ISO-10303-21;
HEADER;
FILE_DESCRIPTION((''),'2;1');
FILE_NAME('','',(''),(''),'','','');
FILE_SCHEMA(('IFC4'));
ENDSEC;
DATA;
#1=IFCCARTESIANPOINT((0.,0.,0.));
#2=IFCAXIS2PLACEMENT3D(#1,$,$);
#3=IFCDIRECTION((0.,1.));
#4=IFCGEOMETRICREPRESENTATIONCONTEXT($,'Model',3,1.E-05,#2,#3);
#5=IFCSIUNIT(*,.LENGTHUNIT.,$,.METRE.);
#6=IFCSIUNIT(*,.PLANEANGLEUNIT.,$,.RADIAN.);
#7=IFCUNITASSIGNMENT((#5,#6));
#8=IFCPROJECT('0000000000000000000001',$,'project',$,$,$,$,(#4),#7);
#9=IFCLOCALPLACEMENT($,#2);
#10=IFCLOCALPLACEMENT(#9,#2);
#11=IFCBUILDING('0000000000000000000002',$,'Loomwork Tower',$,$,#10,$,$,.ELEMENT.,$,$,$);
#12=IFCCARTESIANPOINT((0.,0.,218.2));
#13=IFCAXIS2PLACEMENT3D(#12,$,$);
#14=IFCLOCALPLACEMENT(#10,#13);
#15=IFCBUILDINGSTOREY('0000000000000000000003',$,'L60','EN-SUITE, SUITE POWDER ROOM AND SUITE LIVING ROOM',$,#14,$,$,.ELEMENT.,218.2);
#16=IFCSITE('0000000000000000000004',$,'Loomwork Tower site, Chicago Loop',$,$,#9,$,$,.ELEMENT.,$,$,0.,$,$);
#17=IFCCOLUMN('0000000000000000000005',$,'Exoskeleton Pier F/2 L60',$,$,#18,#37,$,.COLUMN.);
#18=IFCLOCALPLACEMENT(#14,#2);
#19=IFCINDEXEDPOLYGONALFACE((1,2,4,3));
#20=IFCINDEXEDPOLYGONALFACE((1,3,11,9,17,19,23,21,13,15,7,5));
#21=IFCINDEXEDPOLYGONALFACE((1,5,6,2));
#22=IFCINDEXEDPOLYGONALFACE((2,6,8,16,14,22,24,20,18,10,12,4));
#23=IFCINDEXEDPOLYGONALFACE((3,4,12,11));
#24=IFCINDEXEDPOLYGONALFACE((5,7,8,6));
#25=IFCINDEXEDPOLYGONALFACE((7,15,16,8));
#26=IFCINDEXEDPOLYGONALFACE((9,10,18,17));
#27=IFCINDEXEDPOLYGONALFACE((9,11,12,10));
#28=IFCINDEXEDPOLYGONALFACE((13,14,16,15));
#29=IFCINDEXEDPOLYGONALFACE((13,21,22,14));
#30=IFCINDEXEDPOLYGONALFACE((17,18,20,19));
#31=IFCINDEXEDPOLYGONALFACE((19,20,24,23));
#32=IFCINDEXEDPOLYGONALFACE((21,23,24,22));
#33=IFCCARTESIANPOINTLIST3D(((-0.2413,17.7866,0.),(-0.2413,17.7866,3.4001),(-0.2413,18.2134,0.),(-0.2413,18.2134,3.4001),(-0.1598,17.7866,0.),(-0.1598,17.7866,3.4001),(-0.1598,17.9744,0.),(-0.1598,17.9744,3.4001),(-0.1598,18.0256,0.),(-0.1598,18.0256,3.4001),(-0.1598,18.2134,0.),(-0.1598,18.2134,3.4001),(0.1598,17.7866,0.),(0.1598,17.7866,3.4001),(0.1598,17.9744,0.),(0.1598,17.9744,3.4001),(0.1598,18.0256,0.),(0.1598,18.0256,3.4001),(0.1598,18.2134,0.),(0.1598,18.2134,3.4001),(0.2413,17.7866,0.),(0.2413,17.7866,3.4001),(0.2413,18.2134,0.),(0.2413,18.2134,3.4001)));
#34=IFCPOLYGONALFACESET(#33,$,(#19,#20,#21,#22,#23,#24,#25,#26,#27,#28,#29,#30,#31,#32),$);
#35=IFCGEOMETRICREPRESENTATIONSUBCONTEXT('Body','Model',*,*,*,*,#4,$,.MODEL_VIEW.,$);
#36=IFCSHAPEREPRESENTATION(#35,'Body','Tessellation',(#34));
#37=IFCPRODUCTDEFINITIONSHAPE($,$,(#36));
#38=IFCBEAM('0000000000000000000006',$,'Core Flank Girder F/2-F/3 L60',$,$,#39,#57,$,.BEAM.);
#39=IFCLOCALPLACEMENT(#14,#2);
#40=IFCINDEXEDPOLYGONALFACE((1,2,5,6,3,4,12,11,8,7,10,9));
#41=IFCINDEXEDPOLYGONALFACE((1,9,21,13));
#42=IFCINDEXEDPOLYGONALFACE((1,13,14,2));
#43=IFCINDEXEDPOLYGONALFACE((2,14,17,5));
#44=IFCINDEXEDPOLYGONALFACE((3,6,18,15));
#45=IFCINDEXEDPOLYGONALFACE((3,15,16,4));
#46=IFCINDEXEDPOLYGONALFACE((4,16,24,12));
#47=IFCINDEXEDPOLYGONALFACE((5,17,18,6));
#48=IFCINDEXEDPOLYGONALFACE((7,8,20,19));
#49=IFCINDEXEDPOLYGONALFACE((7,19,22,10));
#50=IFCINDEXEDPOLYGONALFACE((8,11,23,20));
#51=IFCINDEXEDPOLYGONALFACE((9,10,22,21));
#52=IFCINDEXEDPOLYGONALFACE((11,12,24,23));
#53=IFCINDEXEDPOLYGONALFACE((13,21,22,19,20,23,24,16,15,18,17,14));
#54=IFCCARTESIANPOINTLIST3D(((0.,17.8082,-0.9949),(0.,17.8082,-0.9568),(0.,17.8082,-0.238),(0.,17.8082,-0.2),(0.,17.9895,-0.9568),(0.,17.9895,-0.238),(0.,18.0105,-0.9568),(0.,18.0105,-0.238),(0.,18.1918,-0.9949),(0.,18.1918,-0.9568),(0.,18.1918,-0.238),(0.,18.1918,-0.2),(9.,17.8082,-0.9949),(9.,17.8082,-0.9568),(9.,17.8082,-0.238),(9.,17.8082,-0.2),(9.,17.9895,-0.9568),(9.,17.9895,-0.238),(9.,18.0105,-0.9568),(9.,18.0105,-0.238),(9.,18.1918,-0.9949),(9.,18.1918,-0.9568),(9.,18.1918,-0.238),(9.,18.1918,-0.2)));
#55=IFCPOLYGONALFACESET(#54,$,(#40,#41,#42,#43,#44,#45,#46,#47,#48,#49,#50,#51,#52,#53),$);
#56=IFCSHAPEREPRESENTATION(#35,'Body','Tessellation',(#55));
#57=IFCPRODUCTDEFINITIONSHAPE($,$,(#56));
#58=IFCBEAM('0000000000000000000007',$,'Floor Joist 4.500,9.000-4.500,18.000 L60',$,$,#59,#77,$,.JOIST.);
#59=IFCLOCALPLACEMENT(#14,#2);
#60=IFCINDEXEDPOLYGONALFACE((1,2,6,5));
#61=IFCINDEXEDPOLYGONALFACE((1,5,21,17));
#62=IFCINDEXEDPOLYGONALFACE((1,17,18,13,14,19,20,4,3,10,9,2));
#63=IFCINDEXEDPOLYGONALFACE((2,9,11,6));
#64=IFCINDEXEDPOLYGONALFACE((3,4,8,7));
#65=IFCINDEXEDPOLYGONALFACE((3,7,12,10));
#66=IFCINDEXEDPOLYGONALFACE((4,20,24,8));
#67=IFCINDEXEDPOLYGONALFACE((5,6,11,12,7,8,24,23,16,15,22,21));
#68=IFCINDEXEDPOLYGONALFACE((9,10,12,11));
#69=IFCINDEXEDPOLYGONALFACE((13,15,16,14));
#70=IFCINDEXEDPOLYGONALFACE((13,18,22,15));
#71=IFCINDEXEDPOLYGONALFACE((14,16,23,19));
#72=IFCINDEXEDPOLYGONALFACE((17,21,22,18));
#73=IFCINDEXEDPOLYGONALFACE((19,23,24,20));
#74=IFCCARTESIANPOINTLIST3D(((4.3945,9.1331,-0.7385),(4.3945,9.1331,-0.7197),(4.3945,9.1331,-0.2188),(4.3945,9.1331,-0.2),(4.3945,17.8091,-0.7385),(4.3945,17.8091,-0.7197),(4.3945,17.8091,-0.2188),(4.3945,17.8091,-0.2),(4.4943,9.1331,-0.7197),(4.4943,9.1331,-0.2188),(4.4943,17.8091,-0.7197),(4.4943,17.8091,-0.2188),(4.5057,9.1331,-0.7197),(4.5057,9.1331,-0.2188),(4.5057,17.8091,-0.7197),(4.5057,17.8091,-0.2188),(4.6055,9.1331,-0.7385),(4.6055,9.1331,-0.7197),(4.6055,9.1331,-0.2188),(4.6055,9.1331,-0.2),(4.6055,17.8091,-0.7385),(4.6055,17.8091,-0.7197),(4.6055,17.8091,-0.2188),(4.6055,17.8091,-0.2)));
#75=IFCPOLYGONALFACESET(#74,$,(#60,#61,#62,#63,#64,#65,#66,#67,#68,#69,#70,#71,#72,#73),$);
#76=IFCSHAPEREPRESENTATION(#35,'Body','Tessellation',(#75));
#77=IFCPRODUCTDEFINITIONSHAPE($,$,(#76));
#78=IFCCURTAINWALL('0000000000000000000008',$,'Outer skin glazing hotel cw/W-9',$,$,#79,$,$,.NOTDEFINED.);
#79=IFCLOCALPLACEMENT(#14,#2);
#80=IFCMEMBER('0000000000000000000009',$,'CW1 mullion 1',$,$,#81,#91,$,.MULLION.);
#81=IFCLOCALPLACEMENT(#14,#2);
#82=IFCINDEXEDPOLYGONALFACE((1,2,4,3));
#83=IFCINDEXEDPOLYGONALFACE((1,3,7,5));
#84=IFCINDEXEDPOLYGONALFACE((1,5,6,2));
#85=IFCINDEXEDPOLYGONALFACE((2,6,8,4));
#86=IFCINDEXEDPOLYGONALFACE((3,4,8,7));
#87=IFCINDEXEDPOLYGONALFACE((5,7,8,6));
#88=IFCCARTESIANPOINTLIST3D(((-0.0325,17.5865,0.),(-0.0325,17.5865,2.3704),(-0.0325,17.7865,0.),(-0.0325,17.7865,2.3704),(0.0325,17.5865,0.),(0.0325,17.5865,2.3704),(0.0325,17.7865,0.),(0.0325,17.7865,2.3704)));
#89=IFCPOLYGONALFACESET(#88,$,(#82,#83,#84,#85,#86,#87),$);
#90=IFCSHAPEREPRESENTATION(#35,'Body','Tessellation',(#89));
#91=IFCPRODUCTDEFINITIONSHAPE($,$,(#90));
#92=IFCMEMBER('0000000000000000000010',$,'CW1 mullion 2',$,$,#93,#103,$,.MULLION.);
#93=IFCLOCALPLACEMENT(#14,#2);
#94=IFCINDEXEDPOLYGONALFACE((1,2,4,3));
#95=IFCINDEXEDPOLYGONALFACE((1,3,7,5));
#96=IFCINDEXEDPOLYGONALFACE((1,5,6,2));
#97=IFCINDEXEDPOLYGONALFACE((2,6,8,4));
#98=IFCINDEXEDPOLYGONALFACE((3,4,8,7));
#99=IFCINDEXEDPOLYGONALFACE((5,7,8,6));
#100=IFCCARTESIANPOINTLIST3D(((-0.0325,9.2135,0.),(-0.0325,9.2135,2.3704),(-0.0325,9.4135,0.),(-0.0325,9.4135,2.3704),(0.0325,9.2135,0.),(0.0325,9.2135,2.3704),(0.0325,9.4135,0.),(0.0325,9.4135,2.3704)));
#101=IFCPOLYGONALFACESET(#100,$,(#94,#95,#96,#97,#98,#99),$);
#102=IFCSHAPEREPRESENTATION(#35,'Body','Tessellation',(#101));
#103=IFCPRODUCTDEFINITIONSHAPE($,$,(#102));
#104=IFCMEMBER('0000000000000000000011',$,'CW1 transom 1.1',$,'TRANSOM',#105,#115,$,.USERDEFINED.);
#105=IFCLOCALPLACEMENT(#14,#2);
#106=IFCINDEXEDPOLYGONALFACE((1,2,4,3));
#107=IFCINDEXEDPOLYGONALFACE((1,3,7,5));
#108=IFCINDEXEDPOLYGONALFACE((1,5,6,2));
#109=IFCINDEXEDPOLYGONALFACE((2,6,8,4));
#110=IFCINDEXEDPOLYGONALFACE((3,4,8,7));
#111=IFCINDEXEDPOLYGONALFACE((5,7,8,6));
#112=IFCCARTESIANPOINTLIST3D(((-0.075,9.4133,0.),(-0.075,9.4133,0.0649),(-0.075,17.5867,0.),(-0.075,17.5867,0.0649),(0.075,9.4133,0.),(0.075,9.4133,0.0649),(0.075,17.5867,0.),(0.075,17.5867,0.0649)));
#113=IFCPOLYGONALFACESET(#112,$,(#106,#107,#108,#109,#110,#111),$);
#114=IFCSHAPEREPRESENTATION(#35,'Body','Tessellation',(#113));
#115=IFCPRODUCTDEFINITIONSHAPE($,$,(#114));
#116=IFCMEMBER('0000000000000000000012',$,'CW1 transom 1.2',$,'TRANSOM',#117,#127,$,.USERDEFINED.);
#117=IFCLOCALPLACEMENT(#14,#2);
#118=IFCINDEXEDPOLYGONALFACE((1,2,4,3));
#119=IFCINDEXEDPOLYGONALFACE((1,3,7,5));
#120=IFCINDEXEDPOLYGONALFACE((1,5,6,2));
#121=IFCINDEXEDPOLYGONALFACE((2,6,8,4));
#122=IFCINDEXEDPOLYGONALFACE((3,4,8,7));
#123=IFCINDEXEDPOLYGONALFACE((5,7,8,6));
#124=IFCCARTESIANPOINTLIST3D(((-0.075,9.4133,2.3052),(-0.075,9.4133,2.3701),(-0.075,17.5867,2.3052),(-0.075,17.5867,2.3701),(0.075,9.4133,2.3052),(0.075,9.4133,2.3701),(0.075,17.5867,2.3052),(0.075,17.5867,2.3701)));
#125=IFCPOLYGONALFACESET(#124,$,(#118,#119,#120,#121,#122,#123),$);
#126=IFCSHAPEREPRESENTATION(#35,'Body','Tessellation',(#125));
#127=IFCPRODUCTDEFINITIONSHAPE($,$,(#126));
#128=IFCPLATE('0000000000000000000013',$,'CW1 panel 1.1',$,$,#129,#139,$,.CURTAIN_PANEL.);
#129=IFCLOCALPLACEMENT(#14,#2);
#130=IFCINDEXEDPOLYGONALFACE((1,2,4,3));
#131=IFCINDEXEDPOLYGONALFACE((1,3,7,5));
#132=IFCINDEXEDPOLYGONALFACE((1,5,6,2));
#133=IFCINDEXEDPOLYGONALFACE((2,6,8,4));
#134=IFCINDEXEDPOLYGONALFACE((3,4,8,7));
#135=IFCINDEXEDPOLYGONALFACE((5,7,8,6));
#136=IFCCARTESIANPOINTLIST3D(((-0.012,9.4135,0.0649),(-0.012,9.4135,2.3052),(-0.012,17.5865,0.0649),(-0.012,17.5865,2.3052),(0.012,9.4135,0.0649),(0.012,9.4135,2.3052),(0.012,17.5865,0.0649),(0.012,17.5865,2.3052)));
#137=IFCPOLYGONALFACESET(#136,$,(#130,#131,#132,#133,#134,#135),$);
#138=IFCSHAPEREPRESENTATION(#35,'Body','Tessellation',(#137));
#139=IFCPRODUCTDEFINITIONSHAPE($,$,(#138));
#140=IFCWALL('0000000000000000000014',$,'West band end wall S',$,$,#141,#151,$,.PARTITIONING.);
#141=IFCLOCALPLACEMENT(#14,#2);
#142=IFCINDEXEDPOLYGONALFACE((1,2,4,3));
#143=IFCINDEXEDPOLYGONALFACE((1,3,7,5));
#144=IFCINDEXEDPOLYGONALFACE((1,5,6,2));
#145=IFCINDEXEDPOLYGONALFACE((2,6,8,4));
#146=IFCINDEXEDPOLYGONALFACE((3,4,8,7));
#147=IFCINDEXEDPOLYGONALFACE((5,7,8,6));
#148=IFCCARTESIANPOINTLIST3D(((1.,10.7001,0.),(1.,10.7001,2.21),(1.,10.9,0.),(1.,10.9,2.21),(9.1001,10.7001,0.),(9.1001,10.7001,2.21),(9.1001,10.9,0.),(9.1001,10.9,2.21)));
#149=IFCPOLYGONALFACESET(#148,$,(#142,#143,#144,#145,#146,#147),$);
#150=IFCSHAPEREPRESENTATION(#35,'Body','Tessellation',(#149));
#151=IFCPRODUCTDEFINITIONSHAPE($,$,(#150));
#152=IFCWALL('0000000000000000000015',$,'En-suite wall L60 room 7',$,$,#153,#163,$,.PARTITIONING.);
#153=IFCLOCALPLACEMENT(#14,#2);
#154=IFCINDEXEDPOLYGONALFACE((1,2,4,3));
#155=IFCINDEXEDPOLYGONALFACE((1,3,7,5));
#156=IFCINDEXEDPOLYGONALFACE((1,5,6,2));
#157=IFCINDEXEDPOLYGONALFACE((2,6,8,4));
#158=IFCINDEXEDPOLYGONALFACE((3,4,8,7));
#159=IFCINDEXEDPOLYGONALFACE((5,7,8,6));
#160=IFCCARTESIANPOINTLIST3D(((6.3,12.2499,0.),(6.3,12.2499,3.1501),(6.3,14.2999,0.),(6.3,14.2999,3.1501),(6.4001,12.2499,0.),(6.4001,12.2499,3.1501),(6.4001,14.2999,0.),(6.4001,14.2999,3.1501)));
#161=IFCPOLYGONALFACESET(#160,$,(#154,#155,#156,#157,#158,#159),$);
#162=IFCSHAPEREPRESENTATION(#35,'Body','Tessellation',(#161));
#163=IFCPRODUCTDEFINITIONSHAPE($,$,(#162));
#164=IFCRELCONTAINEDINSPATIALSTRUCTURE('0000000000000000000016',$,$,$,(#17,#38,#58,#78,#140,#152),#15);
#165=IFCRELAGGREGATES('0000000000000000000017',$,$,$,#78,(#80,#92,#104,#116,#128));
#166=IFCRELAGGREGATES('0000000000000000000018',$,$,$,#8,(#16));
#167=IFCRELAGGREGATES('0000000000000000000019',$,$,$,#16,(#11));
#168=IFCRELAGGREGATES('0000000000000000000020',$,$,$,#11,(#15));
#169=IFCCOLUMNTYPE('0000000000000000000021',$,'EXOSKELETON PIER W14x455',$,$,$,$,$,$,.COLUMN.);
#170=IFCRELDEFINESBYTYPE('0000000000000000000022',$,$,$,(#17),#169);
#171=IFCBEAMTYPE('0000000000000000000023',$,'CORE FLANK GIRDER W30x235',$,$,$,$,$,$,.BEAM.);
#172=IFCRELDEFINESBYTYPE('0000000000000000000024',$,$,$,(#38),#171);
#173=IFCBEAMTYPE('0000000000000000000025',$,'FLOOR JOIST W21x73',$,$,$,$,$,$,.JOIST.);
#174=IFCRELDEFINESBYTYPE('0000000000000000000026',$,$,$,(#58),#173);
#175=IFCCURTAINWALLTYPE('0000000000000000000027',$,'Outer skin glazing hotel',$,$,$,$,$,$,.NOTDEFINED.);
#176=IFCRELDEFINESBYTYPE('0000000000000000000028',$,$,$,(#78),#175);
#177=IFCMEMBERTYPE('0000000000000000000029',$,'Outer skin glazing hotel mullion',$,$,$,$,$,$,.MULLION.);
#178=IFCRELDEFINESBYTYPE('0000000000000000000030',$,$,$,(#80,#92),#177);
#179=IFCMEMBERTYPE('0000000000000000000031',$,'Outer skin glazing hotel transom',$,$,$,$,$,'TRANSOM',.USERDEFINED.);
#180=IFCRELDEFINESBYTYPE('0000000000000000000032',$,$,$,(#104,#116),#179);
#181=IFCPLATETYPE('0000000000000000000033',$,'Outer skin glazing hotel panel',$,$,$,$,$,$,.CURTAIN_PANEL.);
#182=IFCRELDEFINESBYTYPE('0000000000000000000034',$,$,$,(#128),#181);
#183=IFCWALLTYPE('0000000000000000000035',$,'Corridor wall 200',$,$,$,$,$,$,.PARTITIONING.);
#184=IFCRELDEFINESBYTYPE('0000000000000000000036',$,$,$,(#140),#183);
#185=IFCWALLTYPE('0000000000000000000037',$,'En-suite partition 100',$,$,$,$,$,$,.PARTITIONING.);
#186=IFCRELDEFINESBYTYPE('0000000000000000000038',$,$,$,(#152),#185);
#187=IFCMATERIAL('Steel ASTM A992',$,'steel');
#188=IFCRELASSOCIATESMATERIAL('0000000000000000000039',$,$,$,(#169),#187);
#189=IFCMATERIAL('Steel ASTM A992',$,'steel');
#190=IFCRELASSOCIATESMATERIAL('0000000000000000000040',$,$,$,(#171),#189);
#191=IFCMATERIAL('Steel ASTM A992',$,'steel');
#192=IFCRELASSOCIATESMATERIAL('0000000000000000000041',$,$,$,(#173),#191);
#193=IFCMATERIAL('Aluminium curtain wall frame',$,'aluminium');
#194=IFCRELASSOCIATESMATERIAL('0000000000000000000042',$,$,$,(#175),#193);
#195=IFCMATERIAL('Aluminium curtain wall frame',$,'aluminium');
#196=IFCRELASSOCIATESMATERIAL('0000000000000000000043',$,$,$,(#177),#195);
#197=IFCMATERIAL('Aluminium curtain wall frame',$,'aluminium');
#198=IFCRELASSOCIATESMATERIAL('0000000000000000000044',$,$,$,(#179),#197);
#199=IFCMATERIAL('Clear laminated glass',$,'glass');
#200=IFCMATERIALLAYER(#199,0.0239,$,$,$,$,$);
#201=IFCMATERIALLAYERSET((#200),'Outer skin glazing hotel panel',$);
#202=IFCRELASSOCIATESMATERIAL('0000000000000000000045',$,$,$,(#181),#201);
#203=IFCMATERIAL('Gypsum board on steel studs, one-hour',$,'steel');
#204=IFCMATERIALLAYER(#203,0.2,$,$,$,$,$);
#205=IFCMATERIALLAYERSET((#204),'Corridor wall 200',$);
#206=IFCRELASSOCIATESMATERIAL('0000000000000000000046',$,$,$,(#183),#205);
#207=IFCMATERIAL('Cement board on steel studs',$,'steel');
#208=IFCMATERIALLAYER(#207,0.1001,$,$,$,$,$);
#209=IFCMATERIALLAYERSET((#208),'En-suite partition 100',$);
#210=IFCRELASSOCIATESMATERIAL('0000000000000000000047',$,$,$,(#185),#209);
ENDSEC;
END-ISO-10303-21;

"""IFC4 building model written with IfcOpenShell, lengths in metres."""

from ifc_helpers import new_model, si_unit, direction, frame, frame_2d, origin, origin_2d, place, context, subcontext, project, spatial, rectangle, i_section, extrude, material, layer, layer_set, material_profile, profile_set, type_object, element, aggregate, save


model = new_model("IFC4")

# Units and contexts
model_context = context("Model", 3, precision=1e-05, world=origin(), true_north=direction((0.0, 1.0)))
body_context = subcontext(model_context, "Body", "Model", "MODEL_VIEW")
ifc_project = project(units=[si_unit("LENGTHUNIT", "METRE"), si_unit("PLANEANGLEUNIT", "RADIAN")], contexts=[model_context])

# Site, building, storey
site_placement = place(None, origin())
site = spatial("IfcSite", under=ifc_project, at=site_placement, Name="Loomwork Tower site, Chicago Loop", CompositionType="ELEMENT", RefElevation=0.0)
building_placement = place(site_placement, origin())
building = spatial("IfcBuilding", under=site, at=building_placement, Name="Loomwork Tower", CompositionType="ELEMENT")
storey_placement = place(building_placement, frame((0.0, 0.0, 218.2)))
storey = spatial("IfcBuildingStorey", under=building, at=storey_placement, Name="L60", Description="EN-SUITE, SUITE POWDER ROOM AND SUITE LIVING ROOM", CompositionType="ELEMENT", Elevation=218.2)

# Column
ifc_material_1 = material(Name="Steel ASTM A992", Category="steel")
ifc_material_profile_1 = material_profile(ifc_material_1, i_section(OverallWidth=0.4268, OverallDepth=0.4827, WebThickness=0.0513, FlangeThickness=0.0815, at=origin_2d()), Name="W14x455")
ifc_profile_set_1 = profile_set([ifc_material_profile_1], Name="Steel ASTM A992")
column_type = type_object("IfcColumnType", Name="EXOSKELETON PIER W14x455", PredefinedType="COLUMN", material=ifc_profile_set_1)
column_placement = place(storey_placement, frame((0.0, 18.0, 0.0), z_axis=(0.0, 0.0, 1.0), x_axis=(0.0, 1.0, 0.0)))
element("IfcColumn", 1, at=column_placement, inside=storey, type_object=column_type, Name="Exoskeleton Pier F/2 L60", PredefinedType="COLUMN", context=body_context, shape_type="SweptSolid", body=[
    extrude(i_section(OverallWidth=0.4268, OverallDepth=0.4827, WebThickness=0.0513, FlangeThickness=0.0815, at=origin_2d()), origin(), (0.0, 0.0, 1.0), 3.4001),
])

# Beams
ifc_material_2 = material(Name="Steel ASTM A992", Category="steel")
ifc_material_profile_2 = material_profile(ifc_material_2, i_section(OverallWidth=0.3835, OverallDepth=0.7949, WebThickness=0.021, FlangeThickness=0.0381, at=origin_2d()), Name="W30x235")
ifc_profile_set_2 = profile_set([ifc_material_profile_2], Name="Steel ASTM A992")
beam_type_1 = type_object("IfcBeamType", Name="CORE FLANK GIRDER W30x235", PredefinedType="BEAM", material=ifc_profile_set_2)
beam_1_placement = place(storey_placement, frame((0.0, 18.0, -0.5974), z_axis=(1.0, 0.0, 0.0), x_axis=(0.0, 1.0, 0.0)))
element("IfcBeam", 2, at=beam_1_placement, inside=storey, type_object=beam_type_1, Name="Core Flank Girder F/2-F/3 L60", PredefinedType="BEAM", context=body_context, shape_type="SweptSolid", body=[
    extrude(i_section(OverallWidth=0.3835, OverallDepth=0.7949, WebThickness=0.021, FlangeThickness=0.0381, at=origin_2d()), origin(), (0.0, 0.0, 1.0), 9.0),
])
ifc_material_3 = material(Name="Steel ASTM A992", Category="steel")
ifc_material_profile_3 = material_profile(ifc_material_3, i_section(OverallWidth=0.2109, OverallDepth=0.5386, WebThickness=0.0115, FlangeThickness=0.0188, at=origin_2d()), Name="W21x73")
ifc_profile_set_3 = profile_set([ifc_material_profile_3], Name="Steel ASTM A992")
beam_type_2 = type_object("IfcBeamType", Name="FLOOR JOIST W21x73", PredefinedType="JOIST", material=ifc_profile_set_3)
beam_2_placement = place(storey_placement, frame((4.5, 9.1331, -0.4692), z_axis=(0.0, 1.0, 0.0), x_axis=(-1.0, 0.0, 0.0)))
element("IfcBeam", 3, at=beam_2_placement, inside=storey, type_object=beam_type_2, Name="Floor Joist 4.500,9.000-4.500,18.000 L60", PredefinedType="JOIST", context=body_context, shape_type="SweptSolid", body=[
    extrude(i_section(OverallWidth=0.2109, OverallDepth=0.5386, WebThickness=0.0115, FlangeThickness=0.0188, at=origin_2d()), origin(), (0.0, 0.0, 1.0), 8.676),
])

# Curtain wall, members, plate
ifc_material_4 = material(Name="Aluminium curtain wall frame", Category="aluminium")
curtain_wall_type = type_object("IfcCurtainWallType", Name="Outer skin glazing hotel", PredefinedType="NOTDEFINED", material=ifc_material_4)
curtain_wall_placement = place(storey_placement, origin())
curtain_wall = element("IfcCurtainWall", 4, at=curtain_wall_placement, inside=storey, type_object=curtain_wall_type, Name="Outer skin glazing hotel cw/W-9", PredefinedType="NOTDEFINED")
ifc_material_5 = material(Name="Aluminium curtain wall frame", Category="aluminium")
ifc_material_profile_4 = material_profile(ifc_material_5, rectangle(XDim=0.0649, YDim=0.2, at=origin_2d()), Name="AL 65x200")
ifc_profile_set_4 = profile_set([ifc_material_profile_4], Name="Aluminium curtain wall frame")
member_type_1 = type_object("IfcMemberType", Name="Outer skin glazing hotel mullion", PredefinedType="MULLION", material=ifc_profile_set_4)
member_1_placement = place(storey_placement, frame((0.0, 17.6865, 0.0), z_axis=(0.0, 0.0, 1.0), x_axis=(1.0, 0.0, 0.0)))
member_1 = element("IfcMember", 5, at=member_1_placement, type_object=member_type_1, Name="CW1 mullion 1", PredefinedType="MULLION", context=body_context, shape_type="SweptSolid", body=[
    extrude(rectangle(XDim=0.0649, YDim=0.2, at=origin_2d()), origin(), (0.0, 0.0, 1.0), 2.3704),
])
member_2_placement = place(storey_placement, frame((0.0, 9.3135, 0.0), z_axis=(0.0, 0.0, 1.0), x_axis=(1.0, 0.0, 0.0)))
member_2 = element("IfcMember", 6, at=member_2_placement, type_object=member_type_1, Name="CW1 mullion 2", PredefinedType="MULLION", context=body_context, shape_type="SweptSolid", body=[
    extrude(rectangle(XDim=0.0649, YDim=0.2, at=origin_2d()), origin(), (0.0, 0.0, 1.0), 2.3704),
])
ifc_material_6 = material(Name="Aluminium curtain wall frame", Category="aluminium")
ifc_material_profile_5 = material_profile(ifc_material_6, rectangle(XDim=0.1499, YDim=0.0649, at=origin_2d()), Name="AL 65x150")
ifc_profile_set_5 = profile_set([ifc_material_profile_5], Name="Aluminium curtain wall frame")
member_type_2 = type_object("IfcMemberType", Name="Outer skin glazing hotel transom", ElementType="TRANSOM", PredefinedType="USERDEFINED", material=ifc_profile_set_5)
member_3_placement = place(storey_placement, frame((0.0, 17.5867, 0.0325), z_axis=(0.0, -1.0, 0.0), x_axis=(1.0, 0.0, 0.0)))
member_3 = element("IfcMember", 7, at=member_3_placement, type_object=member_type_2, Name="CW1 transom 1.1", ObjectType="TRANSOM", PredefinedType="USERDEFINED", context=body_context, shape_type="SweptSolid", body=[
    extrude(rectangle(XDim=0.1499, YDim=0.0649, at=origin_2d()), origin(), (0.0, 0.0, 1.0), 8.1733),
])
member_4_placement = place(storey_placement, frame((0.0, 17.5867, 2.3376), z_axis=(0.0, -1.0, 0.0), x_axis=(1.0, 0.0, 0.0)))
member_4 = element("IfcMember", 8, at=member_4_placement, type_object=member_type_2, Name="CW1 transom 1.2", ObjectType="TRANSOM", PredefinedType="USERDEFINED", context=body_context, shape_type="SweptSolid", body=[
    extrude(rectangle(XDim=0.1499, YDim=0.0649, at=origin_2d()), origin(), (0.0, 0.0, 1.0), 8.1733),
])
ifc_material_7 = material(Name="Clear laminated glass", Category="glass")
ifc_layer_1 = layer(ifc_material_7, 0.0239)
ifc_layer_set_1 = layer_set([ifc_layer_1], Name="Outer skin glazing hotel panel")
plate_type = type_object("IfcPlateType", Name="Outer skin glazing hotel panel", PredefinedType="CURTAIN_PANEL", material=ifc_layer_set_1)
plate_placement = place(storey_placement, frame((0.0, 13.5, 0.0649), z_axis=(0.0, 0.0, 1.0), x_axis=(0.0, -1.0, 0.0)))
plate = element("IfcPlate", 9, at=plate_placement, type_object=plate_type, Name="CW1 panel 1.1", PredefinedType="CURTAIN_PANEL", context=body_context, shape_type="SweptSolid", body=[
    extrude(rectangle(XDim=8.1731, YDim=0.0239, at=origin_2d()), origin(), (0.0, 0.0, 1.0), 2.2402),
])
aggregate(curtain_wall, [member_1, member_2, member_3, member_4, plate])

# Walls
ifc_material_8 = material(Name="Gypsum board on steel studs, one-hour", Category="steel")
ifc_layer_2 = layer(ifc_material_8, 0.2)
ifc_layer_set_2 = layer_set([ifc_layer_2], Name="Corridor wall 200")
wall_type_1 = type_object("IfcWallType", Name="Corridor wall 200", PredefinedType="PARTITIONING", material=ifc_layer_set_2)
wall_1_placement = place(storey_placement, frame((1.0, 10.8, 0.0), z_axis=(0.0, 0.0, 1.0), x_axis=(1.0, 0.0, 0.0)))
element("IfcWall", 10, at=wall_1_placement, inside=storey, type_object=wall_type_1, Name="West band end wall S", PredefinedType="PARTITIONING", context=body_context, shape_type="SweptSolid", body=[
    extrude(rectangle(XDim=8.1001, YDim=0.2, at=frame_2d((4.05, 0.0))), origin(), (0.0, 0.0, 1.0), 2.21),
])
ifc_material_9 = material(Name="Cement board on steel studs", Category="steel")
ifc_layer_3 = layer(ifc_material_9, 0.1001)
ifc_layer_set_3 = layer_set([ifc_layer_3], Name="En-suite partition 100")
wall_type_2 = type_object("IfcWallType", Name="En-suite partition 100", PredefinedType="PARTITIONING", material=ifc_layer_set_3)
wall_2_placement = place(storey_placement, frame((6.3501, 12.25, 0.0), z_axis=(0.0, 0.0, 1.0), x_axis=(0.0, 1.0, 0.0)))
element("IfcWall", 11, at=wall_2_placement, inside=storey, type_object=wall_type_2, Name="En-suite wall L60 room 7", PredefinedType="PARTITIONING", context=body_context, shape_type="SweptSolid", body=[
    extrude(rectangle(XDim=2.05, YDim=0.1001, at=frame_2d((1.0249, 0.0))), origin(), (0.0, 0.0, 1.0), 3.1501),
])

save(model, "model.ifc")
